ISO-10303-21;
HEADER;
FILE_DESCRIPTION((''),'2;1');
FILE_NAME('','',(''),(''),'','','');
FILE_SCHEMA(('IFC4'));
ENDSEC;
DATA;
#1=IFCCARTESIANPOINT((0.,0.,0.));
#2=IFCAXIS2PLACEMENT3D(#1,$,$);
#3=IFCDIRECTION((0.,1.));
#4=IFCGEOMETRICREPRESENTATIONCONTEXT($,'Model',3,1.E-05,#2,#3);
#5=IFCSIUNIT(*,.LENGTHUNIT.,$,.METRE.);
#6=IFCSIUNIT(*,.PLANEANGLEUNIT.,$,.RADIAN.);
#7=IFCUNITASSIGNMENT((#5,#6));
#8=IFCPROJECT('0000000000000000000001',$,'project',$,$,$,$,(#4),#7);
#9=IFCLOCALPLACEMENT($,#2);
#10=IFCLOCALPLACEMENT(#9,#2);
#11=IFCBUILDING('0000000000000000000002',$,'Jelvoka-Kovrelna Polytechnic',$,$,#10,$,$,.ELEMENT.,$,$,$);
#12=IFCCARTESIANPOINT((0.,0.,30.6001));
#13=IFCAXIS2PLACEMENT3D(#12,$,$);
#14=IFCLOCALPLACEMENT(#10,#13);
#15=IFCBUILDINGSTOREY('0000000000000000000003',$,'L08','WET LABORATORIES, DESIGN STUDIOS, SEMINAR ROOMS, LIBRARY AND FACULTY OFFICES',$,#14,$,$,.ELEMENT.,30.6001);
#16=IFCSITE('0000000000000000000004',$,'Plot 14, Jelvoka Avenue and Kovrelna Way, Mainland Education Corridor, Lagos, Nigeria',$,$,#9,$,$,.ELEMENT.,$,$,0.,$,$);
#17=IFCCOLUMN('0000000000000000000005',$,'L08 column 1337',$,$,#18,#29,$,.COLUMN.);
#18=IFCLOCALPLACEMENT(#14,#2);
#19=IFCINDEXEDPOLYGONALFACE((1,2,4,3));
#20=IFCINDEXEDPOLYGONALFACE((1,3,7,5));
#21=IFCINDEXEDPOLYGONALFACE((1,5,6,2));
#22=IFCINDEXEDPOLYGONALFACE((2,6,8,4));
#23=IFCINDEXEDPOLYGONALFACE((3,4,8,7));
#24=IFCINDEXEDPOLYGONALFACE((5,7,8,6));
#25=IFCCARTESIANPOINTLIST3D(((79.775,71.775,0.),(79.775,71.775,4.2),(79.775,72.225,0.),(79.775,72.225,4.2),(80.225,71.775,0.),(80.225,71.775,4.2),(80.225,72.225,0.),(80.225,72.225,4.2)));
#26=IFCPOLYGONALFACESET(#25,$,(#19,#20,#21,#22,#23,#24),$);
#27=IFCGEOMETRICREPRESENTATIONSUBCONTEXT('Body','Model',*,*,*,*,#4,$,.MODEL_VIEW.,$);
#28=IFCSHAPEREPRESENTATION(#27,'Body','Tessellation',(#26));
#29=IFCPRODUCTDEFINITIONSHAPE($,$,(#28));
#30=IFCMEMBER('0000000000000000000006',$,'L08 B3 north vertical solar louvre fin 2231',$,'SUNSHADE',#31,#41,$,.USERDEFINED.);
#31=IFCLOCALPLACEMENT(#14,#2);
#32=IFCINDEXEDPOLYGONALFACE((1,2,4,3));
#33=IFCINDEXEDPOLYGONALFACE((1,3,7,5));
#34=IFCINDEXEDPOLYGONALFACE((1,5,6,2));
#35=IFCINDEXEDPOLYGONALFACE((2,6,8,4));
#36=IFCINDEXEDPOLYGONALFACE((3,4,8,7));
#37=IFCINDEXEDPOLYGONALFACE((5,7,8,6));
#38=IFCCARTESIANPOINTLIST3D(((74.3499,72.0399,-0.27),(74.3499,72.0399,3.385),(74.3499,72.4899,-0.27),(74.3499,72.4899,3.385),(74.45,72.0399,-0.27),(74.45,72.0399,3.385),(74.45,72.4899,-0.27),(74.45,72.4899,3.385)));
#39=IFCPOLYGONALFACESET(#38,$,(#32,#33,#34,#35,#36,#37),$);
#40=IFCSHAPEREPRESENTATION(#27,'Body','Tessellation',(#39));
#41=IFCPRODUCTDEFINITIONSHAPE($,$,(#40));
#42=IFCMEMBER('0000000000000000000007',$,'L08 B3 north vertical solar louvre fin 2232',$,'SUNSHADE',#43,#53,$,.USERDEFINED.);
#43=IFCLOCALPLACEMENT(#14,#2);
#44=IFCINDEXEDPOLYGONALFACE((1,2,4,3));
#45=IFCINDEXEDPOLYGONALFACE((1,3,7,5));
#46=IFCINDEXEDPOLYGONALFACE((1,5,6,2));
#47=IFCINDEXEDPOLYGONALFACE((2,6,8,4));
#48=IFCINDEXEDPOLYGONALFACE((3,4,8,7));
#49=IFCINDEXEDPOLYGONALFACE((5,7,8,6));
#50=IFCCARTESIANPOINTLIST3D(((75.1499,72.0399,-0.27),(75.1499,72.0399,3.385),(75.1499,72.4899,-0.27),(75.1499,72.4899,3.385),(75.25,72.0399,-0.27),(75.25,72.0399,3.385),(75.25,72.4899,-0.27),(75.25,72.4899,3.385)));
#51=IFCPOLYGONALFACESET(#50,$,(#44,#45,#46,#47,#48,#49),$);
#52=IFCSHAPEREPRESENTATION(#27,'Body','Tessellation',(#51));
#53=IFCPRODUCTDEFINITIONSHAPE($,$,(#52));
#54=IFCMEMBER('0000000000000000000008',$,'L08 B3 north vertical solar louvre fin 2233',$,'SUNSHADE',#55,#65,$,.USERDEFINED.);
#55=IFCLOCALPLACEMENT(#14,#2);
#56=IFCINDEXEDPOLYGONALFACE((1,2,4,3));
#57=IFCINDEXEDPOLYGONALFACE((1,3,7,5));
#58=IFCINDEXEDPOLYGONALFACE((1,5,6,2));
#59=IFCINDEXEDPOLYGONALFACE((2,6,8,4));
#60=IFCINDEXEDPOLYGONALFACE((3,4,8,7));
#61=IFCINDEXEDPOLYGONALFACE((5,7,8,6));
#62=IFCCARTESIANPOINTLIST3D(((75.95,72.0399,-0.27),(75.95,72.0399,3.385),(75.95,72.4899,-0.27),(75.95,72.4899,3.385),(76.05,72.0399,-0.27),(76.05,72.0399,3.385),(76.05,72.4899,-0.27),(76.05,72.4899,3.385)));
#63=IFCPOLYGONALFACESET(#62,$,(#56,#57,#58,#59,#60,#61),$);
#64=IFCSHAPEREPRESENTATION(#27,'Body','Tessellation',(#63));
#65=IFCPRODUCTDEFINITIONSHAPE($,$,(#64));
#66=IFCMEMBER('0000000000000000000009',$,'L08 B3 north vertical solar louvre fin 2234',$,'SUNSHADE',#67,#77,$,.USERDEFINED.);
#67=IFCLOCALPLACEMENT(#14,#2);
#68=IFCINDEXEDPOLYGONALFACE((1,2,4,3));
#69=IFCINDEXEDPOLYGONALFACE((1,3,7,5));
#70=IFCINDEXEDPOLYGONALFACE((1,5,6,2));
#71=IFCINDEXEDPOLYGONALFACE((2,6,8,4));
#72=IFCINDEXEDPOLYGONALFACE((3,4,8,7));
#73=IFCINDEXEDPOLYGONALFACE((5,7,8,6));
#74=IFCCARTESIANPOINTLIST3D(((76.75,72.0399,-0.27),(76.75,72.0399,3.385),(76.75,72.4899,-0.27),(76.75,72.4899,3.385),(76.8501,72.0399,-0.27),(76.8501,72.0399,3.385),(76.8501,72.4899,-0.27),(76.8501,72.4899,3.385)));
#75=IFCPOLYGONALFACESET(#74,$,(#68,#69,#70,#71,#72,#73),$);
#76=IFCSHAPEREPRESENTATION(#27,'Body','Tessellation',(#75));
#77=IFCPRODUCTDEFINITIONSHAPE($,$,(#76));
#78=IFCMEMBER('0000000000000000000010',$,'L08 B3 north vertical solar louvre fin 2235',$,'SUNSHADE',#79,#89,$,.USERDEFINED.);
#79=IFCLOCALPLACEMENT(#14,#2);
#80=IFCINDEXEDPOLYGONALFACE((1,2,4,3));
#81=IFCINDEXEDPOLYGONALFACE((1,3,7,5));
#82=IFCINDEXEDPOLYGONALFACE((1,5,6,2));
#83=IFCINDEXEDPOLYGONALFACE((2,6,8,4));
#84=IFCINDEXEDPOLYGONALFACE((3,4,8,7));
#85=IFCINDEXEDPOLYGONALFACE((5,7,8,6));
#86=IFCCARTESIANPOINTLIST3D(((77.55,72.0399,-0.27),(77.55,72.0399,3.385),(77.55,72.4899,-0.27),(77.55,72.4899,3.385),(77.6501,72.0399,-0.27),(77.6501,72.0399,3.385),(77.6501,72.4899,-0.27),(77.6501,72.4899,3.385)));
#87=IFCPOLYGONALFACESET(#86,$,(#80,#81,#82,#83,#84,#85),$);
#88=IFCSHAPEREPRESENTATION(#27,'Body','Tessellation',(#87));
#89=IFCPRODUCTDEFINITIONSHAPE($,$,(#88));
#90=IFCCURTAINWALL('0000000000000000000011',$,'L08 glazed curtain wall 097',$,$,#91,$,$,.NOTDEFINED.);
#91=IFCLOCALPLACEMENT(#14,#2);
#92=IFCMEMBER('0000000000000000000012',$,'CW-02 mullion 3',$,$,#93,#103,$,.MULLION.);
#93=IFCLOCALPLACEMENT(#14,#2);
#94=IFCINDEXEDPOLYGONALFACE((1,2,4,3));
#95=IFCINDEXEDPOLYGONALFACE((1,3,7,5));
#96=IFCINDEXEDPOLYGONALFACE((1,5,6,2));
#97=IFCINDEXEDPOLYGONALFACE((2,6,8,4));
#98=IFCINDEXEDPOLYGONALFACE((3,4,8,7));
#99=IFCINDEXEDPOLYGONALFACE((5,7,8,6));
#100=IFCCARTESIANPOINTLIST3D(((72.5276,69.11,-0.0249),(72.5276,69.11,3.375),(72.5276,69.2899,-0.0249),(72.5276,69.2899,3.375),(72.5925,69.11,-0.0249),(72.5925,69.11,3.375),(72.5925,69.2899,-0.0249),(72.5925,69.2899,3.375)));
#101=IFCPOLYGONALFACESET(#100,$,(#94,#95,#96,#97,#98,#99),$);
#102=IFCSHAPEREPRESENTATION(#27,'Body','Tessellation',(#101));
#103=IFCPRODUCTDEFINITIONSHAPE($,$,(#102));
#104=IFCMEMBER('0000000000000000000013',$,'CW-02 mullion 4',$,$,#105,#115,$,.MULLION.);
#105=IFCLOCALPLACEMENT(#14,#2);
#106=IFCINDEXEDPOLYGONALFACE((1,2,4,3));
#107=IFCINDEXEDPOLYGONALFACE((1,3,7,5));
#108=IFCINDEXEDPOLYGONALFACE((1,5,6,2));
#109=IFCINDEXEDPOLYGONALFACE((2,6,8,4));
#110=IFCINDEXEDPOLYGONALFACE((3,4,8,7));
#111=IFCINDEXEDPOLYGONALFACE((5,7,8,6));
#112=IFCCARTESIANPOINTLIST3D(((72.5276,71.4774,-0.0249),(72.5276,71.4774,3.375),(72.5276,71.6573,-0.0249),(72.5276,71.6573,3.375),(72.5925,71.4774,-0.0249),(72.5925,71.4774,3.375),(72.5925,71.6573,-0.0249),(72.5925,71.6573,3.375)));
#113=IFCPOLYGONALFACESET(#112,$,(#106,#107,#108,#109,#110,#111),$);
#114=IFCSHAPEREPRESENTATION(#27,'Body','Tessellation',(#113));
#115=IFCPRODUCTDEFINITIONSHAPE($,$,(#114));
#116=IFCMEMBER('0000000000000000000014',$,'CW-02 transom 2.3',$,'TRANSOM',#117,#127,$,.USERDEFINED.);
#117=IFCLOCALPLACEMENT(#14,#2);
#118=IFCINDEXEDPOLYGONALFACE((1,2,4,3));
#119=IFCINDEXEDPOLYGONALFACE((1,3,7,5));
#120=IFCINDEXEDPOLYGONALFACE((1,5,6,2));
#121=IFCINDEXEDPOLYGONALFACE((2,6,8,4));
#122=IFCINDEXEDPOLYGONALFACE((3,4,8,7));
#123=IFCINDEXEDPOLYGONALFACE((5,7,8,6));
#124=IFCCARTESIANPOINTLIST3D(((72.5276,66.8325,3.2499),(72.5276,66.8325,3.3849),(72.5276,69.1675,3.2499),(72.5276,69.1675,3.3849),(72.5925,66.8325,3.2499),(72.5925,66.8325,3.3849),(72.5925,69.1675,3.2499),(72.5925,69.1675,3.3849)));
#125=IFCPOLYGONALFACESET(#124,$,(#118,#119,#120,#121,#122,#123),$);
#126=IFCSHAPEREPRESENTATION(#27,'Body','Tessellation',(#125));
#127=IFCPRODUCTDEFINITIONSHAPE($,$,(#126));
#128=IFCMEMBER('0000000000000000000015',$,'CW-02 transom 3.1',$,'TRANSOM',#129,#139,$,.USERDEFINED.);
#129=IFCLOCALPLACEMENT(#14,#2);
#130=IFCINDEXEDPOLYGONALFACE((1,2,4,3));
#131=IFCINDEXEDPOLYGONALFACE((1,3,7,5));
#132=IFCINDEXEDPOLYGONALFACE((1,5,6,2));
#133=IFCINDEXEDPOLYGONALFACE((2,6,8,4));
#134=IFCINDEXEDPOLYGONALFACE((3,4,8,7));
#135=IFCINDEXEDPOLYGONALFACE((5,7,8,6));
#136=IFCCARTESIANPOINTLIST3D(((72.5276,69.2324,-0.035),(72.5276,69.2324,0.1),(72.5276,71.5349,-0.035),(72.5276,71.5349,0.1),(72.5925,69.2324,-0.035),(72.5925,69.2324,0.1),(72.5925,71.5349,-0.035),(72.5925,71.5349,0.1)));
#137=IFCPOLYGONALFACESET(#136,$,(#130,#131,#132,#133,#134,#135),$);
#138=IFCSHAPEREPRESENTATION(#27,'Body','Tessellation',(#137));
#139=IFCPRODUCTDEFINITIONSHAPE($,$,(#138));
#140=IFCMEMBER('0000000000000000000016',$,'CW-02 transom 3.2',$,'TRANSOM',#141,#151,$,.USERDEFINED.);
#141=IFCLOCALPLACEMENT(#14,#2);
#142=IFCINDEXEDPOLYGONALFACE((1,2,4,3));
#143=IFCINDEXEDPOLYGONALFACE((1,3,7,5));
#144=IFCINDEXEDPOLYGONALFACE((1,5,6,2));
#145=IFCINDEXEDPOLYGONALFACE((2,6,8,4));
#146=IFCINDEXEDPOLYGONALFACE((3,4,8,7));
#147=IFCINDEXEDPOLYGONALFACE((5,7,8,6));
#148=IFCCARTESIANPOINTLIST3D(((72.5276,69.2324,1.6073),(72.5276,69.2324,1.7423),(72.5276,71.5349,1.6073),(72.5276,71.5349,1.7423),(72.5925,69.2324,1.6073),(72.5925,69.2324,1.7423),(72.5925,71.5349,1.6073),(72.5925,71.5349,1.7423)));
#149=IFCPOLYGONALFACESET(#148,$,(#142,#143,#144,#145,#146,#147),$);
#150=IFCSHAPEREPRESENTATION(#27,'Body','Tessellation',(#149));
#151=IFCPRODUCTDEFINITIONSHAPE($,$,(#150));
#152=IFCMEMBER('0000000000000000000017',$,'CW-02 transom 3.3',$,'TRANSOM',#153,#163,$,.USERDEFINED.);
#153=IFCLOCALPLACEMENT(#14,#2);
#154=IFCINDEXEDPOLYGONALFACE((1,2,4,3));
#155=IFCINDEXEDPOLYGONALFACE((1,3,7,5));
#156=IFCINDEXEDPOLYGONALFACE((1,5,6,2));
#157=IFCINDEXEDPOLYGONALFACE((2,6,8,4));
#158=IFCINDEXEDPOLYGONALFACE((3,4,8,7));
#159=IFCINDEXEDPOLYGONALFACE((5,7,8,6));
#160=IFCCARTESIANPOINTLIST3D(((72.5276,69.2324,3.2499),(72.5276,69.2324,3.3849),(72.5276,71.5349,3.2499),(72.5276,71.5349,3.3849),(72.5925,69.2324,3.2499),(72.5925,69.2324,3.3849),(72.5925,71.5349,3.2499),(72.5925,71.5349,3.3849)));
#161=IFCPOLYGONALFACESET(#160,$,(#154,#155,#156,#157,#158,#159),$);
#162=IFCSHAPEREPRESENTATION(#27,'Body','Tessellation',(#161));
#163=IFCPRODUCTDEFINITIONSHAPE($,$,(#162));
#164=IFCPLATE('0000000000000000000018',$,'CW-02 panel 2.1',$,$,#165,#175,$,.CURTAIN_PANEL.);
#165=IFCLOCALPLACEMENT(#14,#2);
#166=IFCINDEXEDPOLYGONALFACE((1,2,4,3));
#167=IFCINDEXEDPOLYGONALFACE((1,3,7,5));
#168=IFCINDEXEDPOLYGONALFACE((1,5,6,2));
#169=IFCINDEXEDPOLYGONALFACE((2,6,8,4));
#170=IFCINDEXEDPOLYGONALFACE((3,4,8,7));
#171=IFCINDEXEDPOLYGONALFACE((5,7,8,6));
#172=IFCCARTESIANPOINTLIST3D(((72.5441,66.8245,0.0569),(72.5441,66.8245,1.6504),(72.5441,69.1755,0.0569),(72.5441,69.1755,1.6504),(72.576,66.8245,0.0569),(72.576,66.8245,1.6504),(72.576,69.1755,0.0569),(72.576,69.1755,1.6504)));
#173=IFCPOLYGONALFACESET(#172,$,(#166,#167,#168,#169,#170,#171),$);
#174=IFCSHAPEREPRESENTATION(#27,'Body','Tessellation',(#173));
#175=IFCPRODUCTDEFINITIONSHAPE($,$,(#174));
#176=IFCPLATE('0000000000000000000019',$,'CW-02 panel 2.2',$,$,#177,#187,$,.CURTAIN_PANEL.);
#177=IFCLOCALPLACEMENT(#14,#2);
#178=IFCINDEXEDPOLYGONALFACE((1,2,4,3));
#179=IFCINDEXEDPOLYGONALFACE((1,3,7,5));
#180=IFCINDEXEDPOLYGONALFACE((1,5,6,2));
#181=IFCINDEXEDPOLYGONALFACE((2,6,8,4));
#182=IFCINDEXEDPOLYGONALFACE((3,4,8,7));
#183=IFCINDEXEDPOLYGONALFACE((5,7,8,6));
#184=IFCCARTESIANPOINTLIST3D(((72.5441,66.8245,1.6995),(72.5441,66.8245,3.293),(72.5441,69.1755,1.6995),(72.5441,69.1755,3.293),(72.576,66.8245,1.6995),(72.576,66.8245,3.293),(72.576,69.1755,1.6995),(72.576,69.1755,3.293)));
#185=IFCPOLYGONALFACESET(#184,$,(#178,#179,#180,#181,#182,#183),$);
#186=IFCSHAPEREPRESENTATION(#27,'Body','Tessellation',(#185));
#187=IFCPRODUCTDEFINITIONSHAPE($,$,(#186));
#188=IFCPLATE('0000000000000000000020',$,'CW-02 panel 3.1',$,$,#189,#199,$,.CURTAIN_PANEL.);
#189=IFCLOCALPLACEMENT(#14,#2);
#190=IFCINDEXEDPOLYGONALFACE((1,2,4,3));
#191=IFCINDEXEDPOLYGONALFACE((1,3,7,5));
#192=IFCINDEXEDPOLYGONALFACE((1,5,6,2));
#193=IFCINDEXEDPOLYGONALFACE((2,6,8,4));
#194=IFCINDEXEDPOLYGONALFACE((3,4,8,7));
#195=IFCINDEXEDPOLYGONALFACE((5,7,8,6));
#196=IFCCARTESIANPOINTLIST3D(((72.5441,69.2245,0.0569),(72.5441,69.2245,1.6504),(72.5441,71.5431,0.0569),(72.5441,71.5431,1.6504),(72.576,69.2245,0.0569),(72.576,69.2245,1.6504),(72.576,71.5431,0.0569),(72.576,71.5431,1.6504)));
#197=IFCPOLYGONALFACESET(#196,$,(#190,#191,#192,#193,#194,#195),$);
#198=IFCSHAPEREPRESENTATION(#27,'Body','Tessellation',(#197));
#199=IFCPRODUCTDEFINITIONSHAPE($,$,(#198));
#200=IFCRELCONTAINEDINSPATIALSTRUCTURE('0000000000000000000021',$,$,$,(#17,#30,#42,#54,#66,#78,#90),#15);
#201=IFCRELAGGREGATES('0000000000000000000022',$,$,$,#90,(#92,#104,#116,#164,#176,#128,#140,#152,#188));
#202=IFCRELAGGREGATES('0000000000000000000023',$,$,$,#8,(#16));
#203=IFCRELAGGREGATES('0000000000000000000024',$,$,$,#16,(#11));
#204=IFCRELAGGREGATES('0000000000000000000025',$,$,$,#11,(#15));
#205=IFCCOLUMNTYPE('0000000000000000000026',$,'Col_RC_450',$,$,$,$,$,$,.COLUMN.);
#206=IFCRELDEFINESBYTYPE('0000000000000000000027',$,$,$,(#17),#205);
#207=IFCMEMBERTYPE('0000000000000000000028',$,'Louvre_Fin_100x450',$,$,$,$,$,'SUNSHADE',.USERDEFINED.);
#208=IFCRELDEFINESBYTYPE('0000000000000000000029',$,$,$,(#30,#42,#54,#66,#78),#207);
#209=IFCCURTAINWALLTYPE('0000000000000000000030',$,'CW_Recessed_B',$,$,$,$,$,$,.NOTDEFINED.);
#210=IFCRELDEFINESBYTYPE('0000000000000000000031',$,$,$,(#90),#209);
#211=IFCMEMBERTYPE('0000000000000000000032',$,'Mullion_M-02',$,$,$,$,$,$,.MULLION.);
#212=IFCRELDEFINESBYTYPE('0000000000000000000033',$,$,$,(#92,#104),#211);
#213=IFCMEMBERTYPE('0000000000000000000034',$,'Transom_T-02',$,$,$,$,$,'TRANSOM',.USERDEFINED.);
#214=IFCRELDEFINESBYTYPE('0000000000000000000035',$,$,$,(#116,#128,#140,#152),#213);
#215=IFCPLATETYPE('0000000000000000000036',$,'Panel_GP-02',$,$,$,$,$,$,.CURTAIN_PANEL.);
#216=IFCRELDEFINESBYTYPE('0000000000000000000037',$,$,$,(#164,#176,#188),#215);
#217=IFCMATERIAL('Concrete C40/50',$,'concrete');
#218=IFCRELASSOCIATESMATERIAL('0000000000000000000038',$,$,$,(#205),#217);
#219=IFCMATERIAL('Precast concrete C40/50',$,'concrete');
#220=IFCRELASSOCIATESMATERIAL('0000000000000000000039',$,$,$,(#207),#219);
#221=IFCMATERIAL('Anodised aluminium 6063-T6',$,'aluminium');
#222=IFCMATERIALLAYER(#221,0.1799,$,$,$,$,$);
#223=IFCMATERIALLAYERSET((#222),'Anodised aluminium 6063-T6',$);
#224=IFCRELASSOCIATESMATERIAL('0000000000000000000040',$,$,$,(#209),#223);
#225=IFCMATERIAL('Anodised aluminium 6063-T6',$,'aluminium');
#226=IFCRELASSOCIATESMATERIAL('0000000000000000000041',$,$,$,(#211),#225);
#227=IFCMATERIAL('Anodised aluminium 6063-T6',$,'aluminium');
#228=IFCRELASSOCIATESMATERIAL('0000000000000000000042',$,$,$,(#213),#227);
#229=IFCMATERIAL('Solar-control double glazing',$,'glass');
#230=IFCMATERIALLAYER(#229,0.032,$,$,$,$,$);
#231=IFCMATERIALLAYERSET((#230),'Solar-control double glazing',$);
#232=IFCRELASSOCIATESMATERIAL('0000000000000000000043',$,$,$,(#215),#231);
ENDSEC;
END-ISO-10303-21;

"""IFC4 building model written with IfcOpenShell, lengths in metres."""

from ifc_helpers import new_model, si_unit, direction, frame, origin, origin_2d, place, context, subcontext, project, spatial, rectangle, extrude, material, layer, layer_set, material_profile, profile_set, type_object, element, aggregate, save


model = new_model("IFC4")

# Units and contexts
model_context = context("Model", 3, precision=1e-05, world=origin(), true_north=direction((0.0, 1.0)))
body_context = subcontext(model_context, "Body", "Model", "MODEL_VIEW")
ifc_project = project(units=[si_unit("LENGTHUNIT", "METRE"), si_unit("PLANEANGLEUNIT", "RADIAN")], contexts=[model_context])

# Site, building, storey
site_placement = place(None, origin())
site = spatial("IfcSite", under=ifc_project, at=site_placement, Name="Plot 14, Jelvoka Avenue and Kovrelna Way, Mainland Education Corridor, Lagos, Nigeria", CompositionType="ELEMENT", RefElevation=0.0)
building_placement = place(site_placement, origin())
building = spatial("IfcBuilding", under=site, at=building_placement, Name="Jelvoka-Kovrelna Polytechnic", CompositionType="ELEMENT")
storey_placement = place(building_placement, frame((0.0, 0.0, 30.6001)))
storey = spatial("IfcBuildingStorey", under=building, at=storey_placement, Name="L08", Description="WET LABORATORIES, DESIGN STUDIOS, SEMINAR ROOMS, LIBRARY AND FACULTY OFFICES", CompositionType="ELEMENT", Elevation=30.6001)

# Column
ifc_material_1 = material(Name="Concrete C40/50", Category="concrete")
ifc_material_profile_1 = material_profile(ifc_material_1, rectangle(XDim=0.45, YDim=0.45, at=origin_2d()), Name="RC 450x450")
ifc_profile_set_1 = profile_set([ifc_material_profile_1], Name="Concrete C40/50")
column_type = type_object("IfcColumnType", Name="Col_RC_450", PredefinedType="COLUMN", material=ifc_profile_set_1)
column_placement = place(storey_placement, frame((80.0, 72.0, 0.0), z_axis=(0.0, 0.0, 1.0), x_axis=(1.0, 0.0, 0.0)))
element("IfcColumn", 1, at=column_placement, inside=storey, type_object=column_type, Name="L08 column 1337", PredefinedType="COLUMN", context=body_context, shape_type="SweptSolid", body=[
    extrude(rectangle(XDim=0.45, YDim=0.45, at=origin_2d()), origin(), (0.0, 0.0, 1.0), 4.2),
])

# Members
ifc_material_2 = material(Name="Precast concrete C40/50", Category="concrete")
ifc_material_profile_2 = material_profile(ifc_material_2, rectangle(XDim=0.1001, YDim=0.45, at=origin_2d()), Name="PC 100x450")
ifc_profile_set_2 = profile_set([ifc_material_profile_2], Name="Precast concrete C40/50")
member_type_1 = type_object("IfcMemberType", Name="Louvre_Fin_100x450", ElementType="SUNSHADE", PredefinedType="USERDEFINED", material=ifc_profile_set_2)
for number, where, z_axis, x_axis, name in (
    (2, (74.3999, 72.2649, -0.27), (0.0, 0.0, 1.0), (1.0, 0.0, 0.0), "L08 B3 north vertical solar louvre fin 2231"),
    (3, (75.2, 72.2649, -0.27), (0.0, 0.0, 1.0), (1.0, 0.0, 0.0), "L08 B3 north vertical solar louvre fin 2232"),
    (4, (76.0, 72.2649, -0.27), (0.0, 0.0, 1.0), (1.0, 0.0, 0.0), "L08 B3 north vertical solar louvre fin 2233"),
    (5, (76.8, 72.2649, -0.27), (0.0, 0.0, 1.0), (1.0, 0.0, 0.0), "L08 B3 north vertical solar louvre fin 2234"),
    (6, (77.6001, 72.2649, -0.27), (0.0, 0.0, 1.0), (1.0, 0.0, 0.0), "L08 B3 north vertical solar louvre fin 2235"),
):
    element("IfcMember", number, at=place(storey_placement, frame(where, z_axis=z_axis, x_axis=x_axis)), inside=storey, type_object=member_type_1, Name=name, ObjectType="SUNSHADE", PredefinedType="USERDEFINED", context=body_context, shape_type="SweptSolid", body=[
        extrude(rectangle(XDim=0.1001, YDim=0.45, at=origin_2d()), origin(), (0.0, 0.0, 1.0), 3.655),
    ])

# Curtain wall, members, plates
ifc_material_3 = material(Name="Anodised aluminium 6063-T6", Category="aluminium")
ifc_layer_1 = layer(ifc_material_3, 0.1799)
ifc_layer_set_1 = layer_set([ifc_layer_1], Name="Anodised aluminium 6063-T6")
curtain_wall_type = type_object("IfcCurtainWallType", Name="CW_Recessed_B", PredefinedType="NOTDEFINED", material=ifc_layer_set_1)
curtain_wall_placement = place(storey_placement, origin())
curtain_wall = element("IfcCurtainWall", 7, at=curtain_wall_placement, inside=storey, type_object=curtain_wall_type, Name="L08 glazed curtain wall 097", PredefinedType="NOTDEFINED")
ifc_material_4 = material(Name="Anodised aluminium 6063-T6", Category="aluminium")
ifc_material_profile_3 = material_profile(ifc_material_4, rectangle(XDim=0.0649, YDim=0.1799, at=origin_2d()), Name="ALU 65x180")
ifc_profile_set_3 = profile_set([ifc_material_profile_3], Name="Anodised aluminium 6063-T6")
member_type_2 = type_object("IfcMemberType", Name="Mullion_M-02", PredefinedType="MULLION", material=ifc_profile_set_3)
member_1_placement = place(storey_placement, frame((72.5601, 69.2, -0.0249), z_axis=(0.0, 0.0, 1.0), x_axis=(-1.0, 0.0, 0.0)))
member_1 = element("IfcMember", 8, at=member_1_placement, type_object=member_type_2, Name="CW-02 mullion 3", PredefinedType="MULLION", context=body_context, shape_type="SweptSolid", body=[
    extrude(rectangle(XDim=0.0649, YDim=0.1799, at=origin_2d()), origin(), (0.0, 0.0, 1.0), 3.3999),
])
member_2_placement = place(storey_placement, frame((72.5601, 71.5674, -0.0249), z_axis=(0.0, 0.0, 1.0), x_axis=(-1.0, 0.0, 0.0)))
member_2 = element("IfcMember", 9, at=member_2_placement, type_object=member_type_2, Name="CW-02 mullion 4", PredefinedType="MULLION", context=body_context, shape_type="SweptSolid", body=[
    extrude(rectangle(XDim=0.0649, YDim=0.1799, at=origin_2d()), origin(), (0.0, 0.0, 1.0), 3.3999),
])
ifc_material_5 = material(Name="Anodised aluminium 6063-T6", Category="aluminium")
ifc_material_profile_4 = material_profile(ifc_material_5, rectangle(XDim=0.0649, YDim=0.135, at=origin_2d()), Name="ALU 65x135")
ifc_profile_set_4 = profile_set([ifc_material_profile_4], Name="Anodised aluminium 6063-T6")
member_type_3 = type_object("IfcMemberType", Name="Transom_T-02", ElementType="TRANSOM", PredefinedType="USERDEFINED", material=ifc_profile_set_4)
member_3_placement = place(storey_placement, frame((72.5601, 66.8325, 3.3174), z_axis=(0.0, 1.0, 0.0), x_axis=(-1.0, 0.0, 0.0)))
member_3 = element("IfcMember", 10, at=member_3_placement, type_object=member_type_3, Name="CW-02 transom 2.3", ObjectType="TRANSOM", PredefinedType="USERDEFINED", context=body_context, shape_type="SweptSolid", body=[
    extrude(rectangle(XDim=0.0649, YDim=0.135, at=origin_2d()), origin(), (0.0, 0.0, 1.0), 2.335),
])
member_4_placement = place(storey_placement, frame((72.5601, 69.2324, 0.0325), z_axis=(0.0, 1.0, 0.0), x_axis=(-1.0, 0.0, 0.0)))
member_4 = element("IfcMember", 11, at=member_4_placement, type_object=member_type_3, Name="CW-02 transom 3.1", ObjectType="TRANSOM", PredefinedType="USERDEFINED", context=body_context, shape_type="SweptSolid", body=[
    extrude(rectangle(XDim=0.0649, YDim=0.135, at=origin_2d()), origin(), (0.0, 0.0, 1.0), 2.3025),
])
member_5_placement = place(storey_placement, frame((72.5601, 69.2324, 1.6748), z_axis=(0.0, 1.0, 0.0), x_axis=(-1.0, 0.0, 0.0)))
member_5 = element("IfcMember", 12, at=member_5_placement, type_object=member_type_3, Name="CW-02 transom 3.2", ObjectType="TRANSOM", PredefinedType="USERDEFINED", context=body_context, shape_type="SweptSolid", body=[
    extrude(rectangle(XDim=0.0649, YDim=0.135, at=origin_2d()), origin(), (0.0, 0.0, 1.0), 2.3025),
])
member_6_placement = place(storey_placement, frame((72.5601, 69.2324, 3.3174), z_axis=(0.0, 1.0, 0.0), x_axis=(-1.0, 0.0, 0.0)))
member_6 = element("IfcMember", 13, at=member_6_placement, type_object=member_type_3, Name="CW-02 transom 3.3", ObjectType="TRANSOM", PredefinedType="USERDEFINED", context=body_context, shape_type="SweptSolid", body=[
    extrude(rectangle(XDim=0.0649, YDim=0.135, at=origin_2d()), origin(), (0.0, 0.0, 1.0), 2.3025),
])
ifc_material_6 = material(Name="Solar-control double glazing", Category="glass")
ifc_layer_2 = layer(ifc_material_6, 0.032)
ifc_layer_set_2 = layer_set([ifc_layer_2], Name="Solar-control double glazing")
plate_type = type_object("IfcPlateType", Name="Panel_GP-02", PredefinedType="CURTAIN_PANEL", material=ifc_layer_set_2)
plate_1_placement = place(storey_placement, frame((72.5601, 68.0, 0.0569), z_axis=(0.0, 0.0, 1.0), x_axis=(0.0, 1.0, 0.0)))
plate_1 = element("IfcPlate", 14, at=plate_1_placement, type_object=plate_type, Name="CW-02 panel 2.1", PredefinedType="CURTAIN_PANEL", context=body_context, shape_type="SweptSolid", body=[
    extrude(rectangle(XDim=2.3511, YDim=0.032, at=origin_2d()), origin(), (0.0, 0.0, 1.0), 1.5935),
])
plate_2_placement = place(storey_placement, frame((72.5601, 68.0, 1.6995), z_axis=(0.0, 0.0, 1.0), x_axis=(0.0, 1.0, 0.0)))
plate_2 = element("IfcPlate", 15, at=plate_2_placement, type_object=plate_type, Name="CW-02 panel 2.2", PredefinedType="CURTAIN_PANEL", context=body_context, shape_type="SweptSolid", body=[
    extrude(rectangle(XDim=2.3511, YDim=0.032, at=origin_2d()), origin(), (0.0, 0.0, 1.0), 1.5935),
])
plate_3_placement = place(storey_placement, frame((72.5601, 70.3838, 0.0569), z_axis=(0.0, 0.0, 1.0), x_axis=(0.0, 1.0, 0.0)))
plate_3 = element("IfcPlate", 16, at=plate_3_placement, type_object=plate_type, Name="CW-02 panel 3.1", PredefinedType="CURTAIN_PANEL", context=body_context, shape_type="SweptSolid", body=[
    extrude(rectangle(XDim=2.3186, YDim=0.032, at=origin_2d()), origin(), (0.0, 0.0, 1.0), 1.5935),
])
aggregate(curtain_wall, [member_1, member_2, member_3, plate_1, plate_2, member_4, member_5, member_6, plate_3])

save(model, "model.ifc")
